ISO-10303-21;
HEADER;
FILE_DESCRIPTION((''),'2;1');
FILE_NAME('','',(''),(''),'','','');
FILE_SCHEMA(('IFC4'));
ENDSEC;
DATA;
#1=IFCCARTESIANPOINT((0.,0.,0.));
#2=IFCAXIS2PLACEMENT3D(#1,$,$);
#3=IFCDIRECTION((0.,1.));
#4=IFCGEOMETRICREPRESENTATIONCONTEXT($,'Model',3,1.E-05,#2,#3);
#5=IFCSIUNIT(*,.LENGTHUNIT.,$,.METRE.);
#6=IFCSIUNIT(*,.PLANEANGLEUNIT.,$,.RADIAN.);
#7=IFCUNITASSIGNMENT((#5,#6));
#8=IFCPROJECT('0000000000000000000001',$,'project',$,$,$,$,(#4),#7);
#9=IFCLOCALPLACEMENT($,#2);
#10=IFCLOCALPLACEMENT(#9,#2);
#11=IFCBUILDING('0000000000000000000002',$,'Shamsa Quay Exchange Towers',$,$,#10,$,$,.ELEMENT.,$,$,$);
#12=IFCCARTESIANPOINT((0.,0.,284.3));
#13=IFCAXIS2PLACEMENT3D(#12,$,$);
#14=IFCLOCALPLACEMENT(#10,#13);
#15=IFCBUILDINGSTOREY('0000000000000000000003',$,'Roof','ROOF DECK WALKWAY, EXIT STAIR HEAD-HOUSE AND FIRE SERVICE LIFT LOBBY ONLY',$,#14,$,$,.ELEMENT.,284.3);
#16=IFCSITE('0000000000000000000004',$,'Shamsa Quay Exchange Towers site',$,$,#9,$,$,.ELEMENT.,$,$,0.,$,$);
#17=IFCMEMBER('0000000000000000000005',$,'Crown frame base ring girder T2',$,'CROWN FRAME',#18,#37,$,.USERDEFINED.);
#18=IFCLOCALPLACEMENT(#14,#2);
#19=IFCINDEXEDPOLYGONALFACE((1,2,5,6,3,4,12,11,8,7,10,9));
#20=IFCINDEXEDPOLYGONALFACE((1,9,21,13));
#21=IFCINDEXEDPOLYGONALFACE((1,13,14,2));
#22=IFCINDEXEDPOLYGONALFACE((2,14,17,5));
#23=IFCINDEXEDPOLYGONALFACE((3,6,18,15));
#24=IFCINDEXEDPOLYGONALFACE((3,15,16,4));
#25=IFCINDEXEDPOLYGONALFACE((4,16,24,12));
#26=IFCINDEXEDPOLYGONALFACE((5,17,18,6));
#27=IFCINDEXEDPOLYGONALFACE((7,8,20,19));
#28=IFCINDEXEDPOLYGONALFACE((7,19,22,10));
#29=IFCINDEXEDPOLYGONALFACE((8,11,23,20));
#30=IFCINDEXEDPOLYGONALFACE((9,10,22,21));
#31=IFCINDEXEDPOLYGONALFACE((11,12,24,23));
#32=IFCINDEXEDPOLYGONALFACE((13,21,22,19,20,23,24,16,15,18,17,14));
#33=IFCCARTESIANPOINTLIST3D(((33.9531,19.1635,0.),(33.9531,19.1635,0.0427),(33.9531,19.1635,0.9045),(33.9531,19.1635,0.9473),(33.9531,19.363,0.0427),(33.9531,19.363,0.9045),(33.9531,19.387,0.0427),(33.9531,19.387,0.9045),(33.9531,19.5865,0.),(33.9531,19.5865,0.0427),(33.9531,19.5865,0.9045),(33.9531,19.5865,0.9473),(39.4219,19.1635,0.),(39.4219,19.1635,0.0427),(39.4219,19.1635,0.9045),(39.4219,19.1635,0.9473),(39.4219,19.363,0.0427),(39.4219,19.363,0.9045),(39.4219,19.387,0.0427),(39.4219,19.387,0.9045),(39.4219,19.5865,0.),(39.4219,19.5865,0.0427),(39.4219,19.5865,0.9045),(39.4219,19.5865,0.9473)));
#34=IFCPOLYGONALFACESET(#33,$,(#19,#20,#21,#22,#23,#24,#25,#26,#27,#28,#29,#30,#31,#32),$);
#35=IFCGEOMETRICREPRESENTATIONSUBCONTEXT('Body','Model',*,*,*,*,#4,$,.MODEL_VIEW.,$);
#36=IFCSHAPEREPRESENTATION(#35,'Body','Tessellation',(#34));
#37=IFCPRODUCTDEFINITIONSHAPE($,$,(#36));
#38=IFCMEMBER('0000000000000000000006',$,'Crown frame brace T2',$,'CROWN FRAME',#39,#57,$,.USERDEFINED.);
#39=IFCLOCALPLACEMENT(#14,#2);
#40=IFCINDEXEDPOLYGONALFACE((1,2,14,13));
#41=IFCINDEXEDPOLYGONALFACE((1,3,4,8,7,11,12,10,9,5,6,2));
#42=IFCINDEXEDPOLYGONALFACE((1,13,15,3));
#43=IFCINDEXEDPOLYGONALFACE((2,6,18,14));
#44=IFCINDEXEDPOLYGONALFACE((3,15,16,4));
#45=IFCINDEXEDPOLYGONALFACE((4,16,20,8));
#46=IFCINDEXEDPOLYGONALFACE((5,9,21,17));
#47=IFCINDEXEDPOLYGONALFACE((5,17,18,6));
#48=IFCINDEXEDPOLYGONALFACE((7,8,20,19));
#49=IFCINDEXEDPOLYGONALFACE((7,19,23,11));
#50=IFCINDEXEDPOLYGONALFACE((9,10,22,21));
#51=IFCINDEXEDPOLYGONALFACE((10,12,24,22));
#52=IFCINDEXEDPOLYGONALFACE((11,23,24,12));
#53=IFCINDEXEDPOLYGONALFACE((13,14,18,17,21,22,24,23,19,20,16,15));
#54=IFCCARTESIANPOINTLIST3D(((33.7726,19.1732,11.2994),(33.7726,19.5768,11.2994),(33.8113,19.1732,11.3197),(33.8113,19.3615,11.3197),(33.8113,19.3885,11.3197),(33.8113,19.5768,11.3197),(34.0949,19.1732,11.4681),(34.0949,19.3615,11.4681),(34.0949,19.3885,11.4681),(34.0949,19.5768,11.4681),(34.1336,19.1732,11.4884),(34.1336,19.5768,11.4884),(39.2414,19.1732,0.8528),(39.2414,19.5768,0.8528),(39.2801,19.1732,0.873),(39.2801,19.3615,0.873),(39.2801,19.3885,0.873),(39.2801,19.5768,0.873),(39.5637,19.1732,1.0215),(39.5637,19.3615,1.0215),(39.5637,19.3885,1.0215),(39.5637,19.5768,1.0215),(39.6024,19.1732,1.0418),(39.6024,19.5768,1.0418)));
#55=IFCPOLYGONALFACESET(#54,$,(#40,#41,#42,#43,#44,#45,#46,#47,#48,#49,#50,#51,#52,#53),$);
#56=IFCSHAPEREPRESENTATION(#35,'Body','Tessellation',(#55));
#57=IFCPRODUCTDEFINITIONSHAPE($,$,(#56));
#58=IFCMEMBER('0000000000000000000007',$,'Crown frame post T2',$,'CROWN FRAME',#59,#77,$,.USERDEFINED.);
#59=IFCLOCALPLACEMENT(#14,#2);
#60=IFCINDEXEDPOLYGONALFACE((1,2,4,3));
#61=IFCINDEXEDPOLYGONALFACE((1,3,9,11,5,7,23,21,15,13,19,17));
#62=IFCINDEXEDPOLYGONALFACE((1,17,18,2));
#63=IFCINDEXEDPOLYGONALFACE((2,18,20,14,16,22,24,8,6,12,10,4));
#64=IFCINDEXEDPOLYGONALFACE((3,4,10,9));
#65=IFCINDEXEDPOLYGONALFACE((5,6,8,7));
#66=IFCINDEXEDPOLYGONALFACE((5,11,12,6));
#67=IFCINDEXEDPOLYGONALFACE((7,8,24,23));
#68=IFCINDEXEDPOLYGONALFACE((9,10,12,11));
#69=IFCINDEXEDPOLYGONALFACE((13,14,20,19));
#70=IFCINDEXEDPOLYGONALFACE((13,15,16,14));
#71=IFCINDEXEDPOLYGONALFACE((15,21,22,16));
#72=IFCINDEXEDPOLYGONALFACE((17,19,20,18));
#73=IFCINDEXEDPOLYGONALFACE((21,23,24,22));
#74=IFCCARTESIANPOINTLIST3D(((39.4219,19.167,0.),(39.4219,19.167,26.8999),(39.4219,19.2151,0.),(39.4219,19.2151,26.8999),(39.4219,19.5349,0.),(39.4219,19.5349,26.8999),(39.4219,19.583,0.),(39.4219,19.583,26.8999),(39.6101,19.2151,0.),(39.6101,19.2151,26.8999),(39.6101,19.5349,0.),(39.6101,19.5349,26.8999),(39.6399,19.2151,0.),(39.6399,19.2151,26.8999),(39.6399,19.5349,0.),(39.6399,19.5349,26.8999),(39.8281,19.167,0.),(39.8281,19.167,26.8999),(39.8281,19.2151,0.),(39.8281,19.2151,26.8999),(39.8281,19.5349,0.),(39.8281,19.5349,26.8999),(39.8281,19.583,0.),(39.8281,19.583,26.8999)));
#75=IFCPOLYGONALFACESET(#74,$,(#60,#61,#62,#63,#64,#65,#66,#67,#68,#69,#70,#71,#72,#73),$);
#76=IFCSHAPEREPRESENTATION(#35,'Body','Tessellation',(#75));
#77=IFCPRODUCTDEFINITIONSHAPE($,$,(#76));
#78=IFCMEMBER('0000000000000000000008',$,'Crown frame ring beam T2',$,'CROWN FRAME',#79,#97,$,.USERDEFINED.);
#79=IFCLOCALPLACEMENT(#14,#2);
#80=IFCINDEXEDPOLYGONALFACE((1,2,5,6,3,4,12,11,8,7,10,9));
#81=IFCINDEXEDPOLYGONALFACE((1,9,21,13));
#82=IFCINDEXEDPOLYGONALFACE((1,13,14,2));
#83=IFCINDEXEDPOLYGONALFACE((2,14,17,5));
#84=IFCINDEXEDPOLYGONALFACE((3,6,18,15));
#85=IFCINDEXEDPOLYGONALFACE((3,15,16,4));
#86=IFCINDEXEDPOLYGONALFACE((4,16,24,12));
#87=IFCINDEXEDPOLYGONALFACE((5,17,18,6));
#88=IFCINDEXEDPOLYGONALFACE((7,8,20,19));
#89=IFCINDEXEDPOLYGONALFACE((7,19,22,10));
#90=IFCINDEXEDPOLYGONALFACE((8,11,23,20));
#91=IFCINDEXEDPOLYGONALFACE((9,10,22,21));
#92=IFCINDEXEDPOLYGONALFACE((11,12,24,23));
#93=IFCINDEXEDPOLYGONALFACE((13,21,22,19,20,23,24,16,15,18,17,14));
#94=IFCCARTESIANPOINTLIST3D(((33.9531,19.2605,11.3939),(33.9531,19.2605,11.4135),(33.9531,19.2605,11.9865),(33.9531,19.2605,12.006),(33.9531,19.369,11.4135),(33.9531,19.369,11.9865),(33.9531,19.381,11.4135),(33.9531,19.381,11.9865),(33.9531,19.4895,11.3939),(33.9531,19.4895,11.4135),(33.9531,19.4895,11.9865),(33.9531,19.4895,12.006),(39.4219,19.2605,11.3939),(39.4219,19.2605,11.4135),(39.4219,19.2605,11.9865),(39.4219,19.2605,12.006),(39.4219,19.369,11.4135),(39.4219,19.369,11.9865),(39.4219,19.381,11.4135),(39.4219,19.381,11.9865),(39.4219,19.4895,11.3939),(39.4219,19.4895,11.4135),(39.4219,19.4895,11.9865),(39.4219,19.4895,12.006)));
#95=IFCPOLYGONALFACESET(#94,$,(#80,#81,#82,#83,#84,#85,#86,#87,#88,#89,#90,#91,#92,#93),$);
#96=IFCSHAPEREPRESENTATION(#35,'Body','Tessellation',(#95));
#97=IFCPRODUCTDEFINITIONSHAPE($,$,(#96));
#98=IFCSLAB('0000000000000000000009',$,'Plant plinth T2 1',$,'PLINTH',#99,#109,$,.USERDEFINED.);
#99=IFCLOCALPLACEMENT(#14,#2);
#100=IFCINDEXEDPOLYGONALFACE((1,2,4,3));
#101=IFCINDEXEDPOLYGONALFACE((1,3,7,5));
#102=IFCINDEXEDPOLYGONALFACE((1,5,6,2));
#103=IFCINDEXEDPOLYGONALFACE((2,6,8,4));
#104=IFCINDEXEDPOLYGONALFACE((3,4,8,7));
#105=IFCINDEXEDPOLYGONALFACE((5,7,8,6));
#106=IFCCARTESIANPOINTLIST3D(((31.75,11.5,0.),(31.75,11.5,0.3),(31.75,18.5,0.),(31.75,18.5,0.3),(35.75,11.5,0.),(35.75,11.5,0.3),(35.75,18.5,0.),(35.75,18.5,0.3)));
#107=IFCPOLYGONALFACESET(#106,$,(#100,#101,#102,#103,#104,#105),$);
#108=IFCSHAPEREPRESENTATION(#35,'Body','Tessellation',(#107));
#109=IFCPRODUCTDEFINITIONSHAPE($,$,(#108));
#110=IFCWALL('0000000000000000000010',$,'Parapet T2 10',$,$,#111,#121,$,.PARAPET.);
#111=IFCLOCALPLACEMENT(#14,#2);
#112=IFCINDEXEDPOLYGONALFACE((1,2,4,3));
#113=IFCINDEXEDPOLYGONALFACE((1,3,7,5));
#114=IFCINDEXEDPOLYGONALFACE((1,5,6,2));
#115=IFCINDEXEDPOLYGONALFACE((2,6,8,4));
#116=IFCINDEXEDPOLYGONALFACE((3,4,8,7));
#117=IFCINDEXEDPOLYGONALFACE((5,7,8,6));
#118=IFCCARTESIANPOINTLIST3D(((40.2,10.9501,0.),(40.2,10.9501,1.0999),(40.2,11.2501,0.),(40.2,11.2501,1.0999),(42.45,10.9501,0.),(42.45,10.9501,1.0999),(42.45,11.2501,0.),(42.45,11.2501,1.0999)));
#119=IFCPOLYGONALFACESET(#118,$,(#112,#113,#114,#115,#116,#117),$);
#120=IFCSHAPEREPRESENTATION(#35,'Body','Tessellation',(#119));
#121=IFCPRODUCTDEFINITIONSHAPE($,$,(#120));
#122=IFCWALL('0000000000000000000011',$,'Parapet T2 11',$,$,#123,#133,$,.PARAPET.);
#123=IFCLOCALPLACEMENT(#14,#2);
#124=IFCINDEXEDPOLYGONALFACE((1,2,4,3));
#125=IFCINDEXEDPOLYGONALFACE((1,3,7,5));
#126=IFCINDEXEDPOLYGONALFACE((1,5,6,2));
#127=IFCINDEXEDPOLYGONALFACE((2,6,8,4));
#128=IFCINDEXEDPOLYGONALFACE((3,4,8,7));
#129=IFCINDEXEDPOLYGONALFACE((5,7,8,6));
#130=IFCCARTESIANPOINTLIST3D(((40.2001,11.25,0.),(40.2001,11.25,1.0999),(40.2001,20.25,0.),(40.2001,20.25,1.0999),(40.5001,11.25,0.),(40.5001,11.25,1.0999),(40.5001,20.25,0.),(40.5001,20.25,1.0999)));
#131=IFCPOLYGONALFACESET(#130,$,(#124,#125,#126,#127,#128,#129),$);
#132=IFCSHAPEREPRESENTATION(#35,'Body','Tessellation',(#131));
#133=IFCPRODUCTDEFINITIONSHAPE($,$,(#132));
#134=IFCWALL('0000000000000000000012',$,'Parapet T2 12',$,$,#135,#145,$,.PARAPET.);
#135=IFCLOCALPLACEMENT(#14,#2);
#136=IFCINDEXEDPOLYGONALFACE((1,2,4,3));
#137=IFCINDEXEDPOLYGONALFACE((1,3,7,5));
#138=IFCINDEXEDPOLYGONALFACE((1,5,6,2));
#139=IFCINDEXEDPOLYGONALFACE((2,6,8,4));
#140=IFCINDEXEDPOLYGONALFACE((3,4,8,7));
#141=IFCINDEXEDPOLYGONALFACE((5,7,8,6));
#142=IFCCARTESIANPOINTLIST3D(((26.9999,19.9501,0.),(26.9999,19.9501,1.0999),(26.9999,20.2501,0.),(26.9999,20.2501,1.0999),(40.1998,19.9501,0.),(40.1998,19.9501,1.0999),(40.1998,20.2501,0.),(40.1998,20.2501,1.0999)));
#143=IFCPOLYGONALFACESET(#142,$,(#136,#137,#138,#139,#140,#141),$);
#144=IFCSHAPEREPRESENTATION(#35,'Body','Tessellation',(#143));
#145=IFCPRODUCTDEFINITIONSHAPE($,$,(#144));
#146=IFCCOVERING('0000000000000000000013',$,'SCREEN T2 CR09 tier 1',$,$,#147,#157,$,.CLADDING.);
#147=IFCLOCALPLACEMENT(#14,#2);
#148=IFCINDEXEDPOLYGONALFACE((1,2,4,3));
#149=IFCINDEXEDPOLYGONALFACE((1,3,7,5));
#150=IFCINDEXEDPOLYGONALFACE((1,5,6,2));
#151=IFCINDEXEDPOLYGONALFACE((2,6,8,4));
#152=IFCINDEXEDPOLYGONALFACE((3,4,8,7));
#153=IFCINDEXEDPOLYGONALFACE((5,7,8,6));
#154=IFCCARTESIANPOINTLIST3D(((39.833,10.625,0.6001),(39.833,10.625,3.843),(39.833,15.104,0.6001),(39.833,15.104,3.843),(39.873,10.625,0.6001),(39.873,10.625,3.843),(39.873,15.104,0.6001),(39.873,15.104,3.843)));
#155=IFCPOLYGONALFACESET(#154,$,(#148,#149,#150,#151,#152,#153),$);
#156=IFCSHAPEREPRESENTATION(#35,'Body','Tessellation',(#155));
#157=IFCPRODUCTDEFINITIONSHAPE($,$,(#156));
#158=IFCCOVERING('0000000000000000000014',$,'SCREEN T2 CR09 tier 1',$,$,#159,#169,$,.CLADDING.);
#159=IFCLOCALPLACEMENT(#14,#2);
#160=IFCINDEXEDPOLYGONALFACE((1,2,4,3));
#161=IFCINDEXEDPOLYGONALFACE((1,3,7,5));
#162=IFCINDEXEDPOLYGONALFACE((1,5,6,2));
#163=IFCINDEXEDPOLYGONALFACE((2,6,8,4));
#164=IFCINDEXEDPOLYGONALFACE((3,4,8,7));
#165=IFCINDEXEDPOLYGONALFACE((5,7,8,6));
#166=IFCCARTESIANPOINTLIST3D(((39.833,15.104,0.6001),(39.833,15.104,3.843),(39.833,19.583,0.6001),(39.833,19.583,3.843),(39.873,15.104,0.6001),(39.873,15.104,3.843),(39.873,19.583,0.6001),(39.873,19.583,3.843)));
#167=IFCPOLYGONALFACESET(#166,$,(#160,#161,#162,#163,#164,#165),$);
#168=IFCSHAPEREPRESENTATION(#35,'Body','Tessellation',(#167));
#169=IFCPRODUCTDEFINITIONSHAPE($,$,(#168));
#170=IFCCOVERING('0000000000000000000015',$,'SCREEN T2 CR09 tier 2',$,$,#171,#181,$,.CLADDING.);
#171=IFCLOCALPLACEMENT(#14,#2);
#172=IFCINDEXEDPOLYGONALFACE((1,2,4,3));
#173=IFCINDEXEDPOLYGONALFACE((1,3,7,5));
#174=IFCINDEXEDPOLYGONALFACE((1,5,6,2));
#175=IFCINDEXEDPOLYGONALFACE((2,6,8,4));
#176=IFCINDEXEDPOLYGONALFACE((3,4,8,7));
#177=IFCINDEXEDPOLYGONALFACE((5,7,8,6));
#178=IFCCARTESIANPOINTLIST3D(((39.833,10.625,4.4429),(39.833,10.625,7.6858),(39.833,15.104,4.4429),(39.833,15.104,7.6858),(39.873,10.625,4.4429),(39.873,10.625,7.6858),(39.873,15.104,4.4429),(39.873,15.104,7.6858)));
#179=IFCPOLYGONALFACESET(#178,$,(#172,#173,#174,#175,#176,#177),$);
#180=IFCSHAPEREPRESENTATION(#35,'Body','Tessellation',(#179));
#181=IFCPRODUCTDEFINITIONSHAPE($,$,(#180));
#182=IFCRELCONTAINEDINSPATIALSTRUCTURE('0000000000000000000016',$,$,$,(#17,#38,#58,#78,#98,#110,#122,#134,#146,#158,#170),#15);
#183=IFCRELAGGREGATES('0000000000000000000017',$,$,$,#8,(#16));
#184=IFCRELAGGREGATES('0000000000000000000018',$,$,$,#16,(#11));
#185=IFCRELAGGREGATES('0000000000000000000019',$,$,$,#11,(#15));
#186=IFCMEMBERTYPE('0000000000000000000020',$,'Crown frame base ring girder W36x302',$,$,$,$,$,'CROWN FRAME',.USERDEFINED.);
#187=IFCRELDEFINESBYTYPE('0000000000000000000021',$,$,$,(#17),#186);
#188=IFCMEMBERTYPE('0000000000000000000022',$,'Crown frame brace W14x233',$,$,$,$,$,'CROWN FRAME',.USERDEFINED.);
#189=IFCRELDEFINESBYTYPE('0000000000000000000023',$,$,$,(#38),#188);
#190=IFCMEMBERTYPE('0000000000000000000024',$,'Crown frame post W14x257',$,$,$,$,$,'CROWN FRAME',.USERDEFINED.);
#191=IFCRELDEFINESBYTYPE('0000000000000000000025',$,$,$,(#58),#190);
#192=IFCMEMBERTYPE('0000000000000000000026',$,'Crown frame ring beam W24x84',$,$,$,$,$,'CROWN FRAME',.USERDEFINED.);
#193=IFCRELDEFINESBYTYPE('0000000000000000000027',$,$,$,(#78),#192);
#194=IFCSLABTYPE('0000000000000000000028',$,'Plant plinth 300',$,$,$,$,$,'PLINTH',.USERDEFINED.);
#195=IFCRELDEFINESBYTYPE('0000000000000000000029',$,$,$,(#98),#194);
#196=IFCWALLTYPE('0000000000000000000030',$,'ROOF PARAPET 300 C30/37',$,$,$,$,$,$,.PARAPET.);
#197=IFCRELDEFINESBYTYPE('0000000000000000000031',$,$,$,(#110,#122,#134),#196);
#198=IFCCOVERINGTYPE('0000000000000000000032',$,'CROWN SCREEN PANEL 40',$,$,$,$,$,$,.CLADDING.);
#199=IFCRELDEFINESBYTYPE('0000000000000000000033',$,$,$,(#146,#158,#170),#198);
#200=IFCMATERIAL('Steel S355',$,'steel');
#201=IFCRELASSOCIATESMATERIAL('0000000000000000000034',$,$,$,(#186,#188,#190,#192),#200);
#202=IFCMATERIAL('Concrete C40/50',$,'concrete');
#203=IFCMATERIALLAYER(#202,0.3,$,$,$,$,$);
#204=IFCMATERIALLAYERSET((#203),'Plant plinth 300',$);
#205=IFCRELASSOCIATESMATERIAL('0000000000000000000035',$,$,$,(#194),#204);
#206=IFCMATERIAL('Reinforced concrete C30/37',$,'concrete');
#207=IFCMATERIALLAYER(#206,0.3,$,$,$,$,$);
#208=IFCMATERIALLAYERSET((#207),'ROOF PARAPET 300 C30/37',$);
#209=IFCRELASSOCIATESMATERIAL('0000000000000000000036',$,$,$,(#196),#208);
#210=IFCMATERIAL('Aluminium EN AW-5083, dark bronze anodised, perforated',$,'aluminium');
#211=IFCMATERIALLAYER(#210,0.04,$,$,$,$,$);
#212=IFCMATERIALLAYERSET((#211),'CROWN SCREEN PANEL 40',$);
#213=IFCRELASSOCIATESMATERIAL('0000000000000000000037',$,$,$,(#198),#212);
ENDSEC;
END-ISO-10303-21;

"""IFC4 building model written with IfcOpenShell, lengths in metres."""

from ifc_helpers import new_model, si_unit, direction, frame, frame_2d, origin, origin_2d, place, context, subcontext, project, spatial, rectangle, i_section, extrude, material, layer, layer_set, material_profile, profile_set, type_object, element, save


model = new_model("IFC4")

# Units and contexts
model_context = context("Model", 3, precision=1e-05, world=origin(), true_north=direction((0.0, 1.0)))
body_context = subcontext(model_context, "Body", "Model", "MODEL_VIEW")
ifc_project = project(units=[si_unit("LENGTHUNIT", "METRE"), si_unit("PLANEANGLEUNIT", "RADIAN")], contexts=[model_context])

# Site, building, storey
site_placement = place(None, origin())
site = spatial("IfcSite", under=ifc_project, at=site_placement, Name="Shamsa Quay Exchange Towers site", CompositionType="ELEMENT", RefElevation=0.0)
building_placement = place(site_placement, origin())
building = spatial("IfcBuilding", under=site, at=building_placement, Name="Shamsa Quay Exchange Towers", CompositionType="ELEMENT")
storey_placement = place(building_placement, frame((0.0, 0.0, 284.3)))
storey = spatial("IfcBuildingStorey", under=building, at=storey_placement, Name="Roof", Description="ROOF DECK WALKWAY, EXIT STAIR HEAD-HOUSE AND FIRE SERVICE LIFT LOBBY ONLY", CompositionType="ELEMENT", Elevation=284.3)

# Members
ifc_material_1 = material(Name="Steel S355", Category="steel")
ifc_material_profile_1 = material_profile(ifc_material_1, i_section(OverallWidth=0.4231, OverallDepth=0.9473, WebThickness=0.0239, FlangeThickness=0.0427, at=origin_2d()), Name="W36x302")
ifc_profile_set_1 = profile_set([ifc_material_profile_1], Name="Steel S355")
member_type_1 = type_object("IfcMemberType", Name="Crown frame base ring girder W36x302", ElementType="CROWN FRAME", PredefinedType="USERDEFINED", material=ifc_profile_set_1)
member_1_placement = place(storey_placement, frame((39.4219, 19.375, 0.4736), z_axis=(-1.0, 0.0, 0.0), x_axis=(0.0, -1.0, 0.0)))
element("IfcMember", 1, at=member_1_placement, inside=storey, type_object=member_type_1, Name="Crown frame base ring girder T2", ObjectType="CROWN FRAME", PredefinedType="USERDEFINED", context=body_context, shape_type="SweptSolid", body=[
    extrude(i_section(OverallWidth=0.4231, OverallDepth=0.9473, WebThickness=0.0239, FlangeThickness=0.0427, at=origin_2d()), origin(), (0.0, 0.0, 1.0), 5.4688),
])
ifc_material_profile_2 = material_profile(ifc_material_1, i_section(OverallWidth=0.4036, OverallDepth=0.4075, WebThickness=0.0271, FlangeThickness=0.0437, at=origin_2d()), Name="W14x233")
ifc_profile_set_2 = profile_set([ifc_material_profile_2], Name="Steel S355")
member_type_2 = type_object("IfcMemberType", Name="Crown frame brace W14x233", ElementType="CROWN FRAME", PredefinedType="USERDEFINED", material=ifc_profile_set_2)
member_2_placement = place(storey_placement, frame((39.4219, 19.375, 0.9473), z_axis=(-0.463791, 0.0, 0.885945), x_axis=(0.0, -1.0, 0.0)))
element("IfcMember", 2, at=member_2_placement, inside=storey, type_object=member_type_2, Name="Crown frame brace T2", ObjectType="CROWN FRAME", PredefinedType="USERDEFINED", context=body_context, shape_type="SweptSolid", body=[
    extrude(i_section(OverallWidth=0.4036, OverallDepth=0.4075, WebThickness=0.0271, FlangeThickness=0.0437, at=origin_2d()), origin(), (0.0, 0.0, 1.0), 11.7915),
])
ifc_material_profile_3 = material_profile(ifc_material_1, i_section(OverallWidth=0.4062, OverallDepth=0.416, WebThickness=0.0298, FlangeThickness=0.0481, at=origin_2d()), Name="W14x257")
ifc_profile_set_3 = profile_set([ifc_material_profile_3], Name="Steel S355")
member_type_3 = type_object("IfcMemberType", Name="Crown frame post W14x257", ElementType="CROWN FRAME", PredefinedType="USERDEFINED", material=ifc_profile_set_3)
member_3_placement = place(storey_placement, frame((39.625, 19.375, 0.0)))
element("IfcMember", 3, at=member_3_placement, inside=storey, type_object=member_type_3, Name="Crown frame post T2", ObjectType="CROWN FRAME", PredefinedType="USERDEFINED", context=body_context, shape_type="SweptSolid", body=[
    extrude(i_section(OverallWidth=0.4062, OverallDepth=0.416, WebThickness=0.0298, FlangeThickness=0.0481, at=origin_2d()), origin(), (0.0, 0.0, 1.0), 26.8999),
])
ifc_material_profile_4 = material_profile(ifc_material_1, i_section(OverallWidth=0.229, OverallDepth=0.6121, WebThickness=0.012, FlangeThickness=0.0195, at=origin_2d()), Name="W24x84")
ifc_profile_set_4 = profile_set([ifc_material_profile_4], Name="Steel S355")
member_type_4 = type_object("IfcMemberType", Name="Crown frame ring beam W24x84", ElementType="CROWN FRAME", PredefinedType="USERDEFINED", material=ifc_profile_set_4)
member_4_placement = place(storey_placement, frame((39.4219, 19.375, 11.7), z_axis=(-1.0, 0.0, 0.0), x_axis=(0.0, -1.0, 0.0)))
element("IfcMember", 4, at=member_4_placement, inside=storey, type_object=member_type_4, Name="Crown frame ring beam T2", ObjectType="CROWN FRAME", PredefinedType="USERDEFINED", context=body_context, shape_type="SweptSolid", body=[
    extrude(i_section(OverallWidth=0.229, OverallDepth=0.6121, WebThickness=0.012, FlangeThickness=0.0195, at=origin_2d()), origin(), (0.0, 0.0, 1.0), 5.4688),
])

# Slab
ifc_material_2 = material(Name="Concrete C40/50", Category="concrete")
ifc_layer_1 = layer(ifc_material_2, 0.3)
ifc_layer_set_1 = layer_set([ifc_layer_1], Name="Plant plinth 300")
slab_type = type_object("IfcSlabType", Name="Plant plinth 300", ElementType="PLINTH", PredefinedType="USERDEFINED", material=ifc_layer_set_1)
slab_placement = place(storey_placement, frame((33.75, 15.0, 0.0), z_axis=(0.0, 0.0, 1.0), x_axis=(0.0, 1.0, 0.0)))
element("IfcSlab", 5, at=slab_placement, inside=storey, type_object=slab_type, Name="Plant plinth T2 1", ObjectType="PLINTH", PredefinedType="USERDEFINED", context=body_context, shape_type="SweptSolid", body=[
    extrude(rectangle(XDim=7.0, YDim=4.0, at=origin_2d()), origin(), (0.0, 0.0, 1.0), 0.3),
])

# Walls
ifc_material_3 = material(Name="Reinforced concrete C30/37", Category="concrete")
ifc_layer_2 = layer(ifc_material_3, 0.3)
ifc_layer_set_2 = layer_set([ifc_layer_2], Name="ROOF PARAPET 300 C30/37")
wall_type = type_object("IfcWallType", Name="ROOF PARAPET 300 C30/37", PredefinedType="PARAPET", material=ifc_layer_set_2)
wall_1_placement = place(storey_placement, frame((42.45, 11.1001, 0.0), z_axis=(0.0, 0.0, 1.0), x_axis=(-1.0, 0.0, 0.0)))
element("IfcWall", 6, at=wall_1_placement, inside=storey, type_object=wall_type, Name="Parapet T2 10", PredefinedType="PARAPET", context=body_context, shape_type="SweptSolid", body=[
    extrude(rectangle(XDim=2.25, YDim=0.3, at=frame_2d((1.125, 0.0))), origin(), (0.0, 0.0, 1.0), 1.0999),
])
wall_2_placement = place(storey_placement, frame((40.3501, 11.25, 0.0), z_axis=(0.0, 0.0, 1.0), x_axis=(0.0, 1.0, 0.0)))
element("IfcWall", 7, at=wall_2_placement, inside=storey, type_object=wall_type, Name="Parapet T2 11", PredefinedType="PARAPET", context=body_context, shape_type="SweptSolid", body=[
    extrude(rectangle(XDim=9.0, YDim=0.3, at=frame_2d((4.5, 0.0))), origin(), (0.0, 0.0, 1.0), 1.0999),
])
wall_3_placement = place(storey_placement, frame((40.2, 20.1001, 0.0), z_axis=(0.0, 0.0, 1.0), x_axis=(-1.0, 0.0, 0.0)))
element("IfcWall", 8, at=wall_3_placement, inside=storey, type_object=wall_type, Name="Parapet T2 12", PredefinedType="PARAPET", context=body_context, shape_type="SweptSolid", body=[
    extrude(rectangle(XDim=13.2, YDim=0.3, at=frame_2d((6.6001, 0.0))), origin(), (0.0, 0.0, 1.0), 1.0999),
])

# Coverings
ifc_material_4 = material(Name="Aluminium EN AW-5083, dark bronze anodised, perforated", Category="aluminium")
ifc_layer_3 = layer(ifc_material_4, 0.04)
ifc_layer_set_3 = layer_set([ifc_layer_3], Name="CROWN SCREEN PANEL 40")
covering_type = type_object("IfcCoveringType", Name="CROWN SCREEN PANEL 40", PredefinedType="CLADDING", material=ifc_layer_set_3)
for number, where, z_axis, x_axis, name in (
    (9, (39.853, 12.8645, 0.6001), (0.0, 0.0, 1.0), (0.0, 1.0, 0.0), "SCREEN T2 CR09 tier 1"),
    (10, (39.853, 17.3435, 0.6001), (0.0, 0.0, 1.0), (0.0, 1.0, 0.0), "SCREEN T2 CR09 tier 1"),
    (11, (39.853, 12.8645, 4.4429), (0.0, 0.0, 1.0), (0.0, 1.0, 0.0), "SCREEN T2 CR09 tier 2"),
):
    element("IfcCovering", number, at=place(storey_placement, frame(where, z_axis=z_axis, x_axis=x_axis)), inside=storey, type_object=covering_type, Name=name, PredefinedType="CLADDING", context=body_context, shape_type="SweptSolid", body=[
        extrude(rectangle(XDim=4.479, YDim=0.04, at=origin_2d()), origin(), (0.0, 0.0, 1.0), 3.2429),
    ])

save(model, "model.ifc")
